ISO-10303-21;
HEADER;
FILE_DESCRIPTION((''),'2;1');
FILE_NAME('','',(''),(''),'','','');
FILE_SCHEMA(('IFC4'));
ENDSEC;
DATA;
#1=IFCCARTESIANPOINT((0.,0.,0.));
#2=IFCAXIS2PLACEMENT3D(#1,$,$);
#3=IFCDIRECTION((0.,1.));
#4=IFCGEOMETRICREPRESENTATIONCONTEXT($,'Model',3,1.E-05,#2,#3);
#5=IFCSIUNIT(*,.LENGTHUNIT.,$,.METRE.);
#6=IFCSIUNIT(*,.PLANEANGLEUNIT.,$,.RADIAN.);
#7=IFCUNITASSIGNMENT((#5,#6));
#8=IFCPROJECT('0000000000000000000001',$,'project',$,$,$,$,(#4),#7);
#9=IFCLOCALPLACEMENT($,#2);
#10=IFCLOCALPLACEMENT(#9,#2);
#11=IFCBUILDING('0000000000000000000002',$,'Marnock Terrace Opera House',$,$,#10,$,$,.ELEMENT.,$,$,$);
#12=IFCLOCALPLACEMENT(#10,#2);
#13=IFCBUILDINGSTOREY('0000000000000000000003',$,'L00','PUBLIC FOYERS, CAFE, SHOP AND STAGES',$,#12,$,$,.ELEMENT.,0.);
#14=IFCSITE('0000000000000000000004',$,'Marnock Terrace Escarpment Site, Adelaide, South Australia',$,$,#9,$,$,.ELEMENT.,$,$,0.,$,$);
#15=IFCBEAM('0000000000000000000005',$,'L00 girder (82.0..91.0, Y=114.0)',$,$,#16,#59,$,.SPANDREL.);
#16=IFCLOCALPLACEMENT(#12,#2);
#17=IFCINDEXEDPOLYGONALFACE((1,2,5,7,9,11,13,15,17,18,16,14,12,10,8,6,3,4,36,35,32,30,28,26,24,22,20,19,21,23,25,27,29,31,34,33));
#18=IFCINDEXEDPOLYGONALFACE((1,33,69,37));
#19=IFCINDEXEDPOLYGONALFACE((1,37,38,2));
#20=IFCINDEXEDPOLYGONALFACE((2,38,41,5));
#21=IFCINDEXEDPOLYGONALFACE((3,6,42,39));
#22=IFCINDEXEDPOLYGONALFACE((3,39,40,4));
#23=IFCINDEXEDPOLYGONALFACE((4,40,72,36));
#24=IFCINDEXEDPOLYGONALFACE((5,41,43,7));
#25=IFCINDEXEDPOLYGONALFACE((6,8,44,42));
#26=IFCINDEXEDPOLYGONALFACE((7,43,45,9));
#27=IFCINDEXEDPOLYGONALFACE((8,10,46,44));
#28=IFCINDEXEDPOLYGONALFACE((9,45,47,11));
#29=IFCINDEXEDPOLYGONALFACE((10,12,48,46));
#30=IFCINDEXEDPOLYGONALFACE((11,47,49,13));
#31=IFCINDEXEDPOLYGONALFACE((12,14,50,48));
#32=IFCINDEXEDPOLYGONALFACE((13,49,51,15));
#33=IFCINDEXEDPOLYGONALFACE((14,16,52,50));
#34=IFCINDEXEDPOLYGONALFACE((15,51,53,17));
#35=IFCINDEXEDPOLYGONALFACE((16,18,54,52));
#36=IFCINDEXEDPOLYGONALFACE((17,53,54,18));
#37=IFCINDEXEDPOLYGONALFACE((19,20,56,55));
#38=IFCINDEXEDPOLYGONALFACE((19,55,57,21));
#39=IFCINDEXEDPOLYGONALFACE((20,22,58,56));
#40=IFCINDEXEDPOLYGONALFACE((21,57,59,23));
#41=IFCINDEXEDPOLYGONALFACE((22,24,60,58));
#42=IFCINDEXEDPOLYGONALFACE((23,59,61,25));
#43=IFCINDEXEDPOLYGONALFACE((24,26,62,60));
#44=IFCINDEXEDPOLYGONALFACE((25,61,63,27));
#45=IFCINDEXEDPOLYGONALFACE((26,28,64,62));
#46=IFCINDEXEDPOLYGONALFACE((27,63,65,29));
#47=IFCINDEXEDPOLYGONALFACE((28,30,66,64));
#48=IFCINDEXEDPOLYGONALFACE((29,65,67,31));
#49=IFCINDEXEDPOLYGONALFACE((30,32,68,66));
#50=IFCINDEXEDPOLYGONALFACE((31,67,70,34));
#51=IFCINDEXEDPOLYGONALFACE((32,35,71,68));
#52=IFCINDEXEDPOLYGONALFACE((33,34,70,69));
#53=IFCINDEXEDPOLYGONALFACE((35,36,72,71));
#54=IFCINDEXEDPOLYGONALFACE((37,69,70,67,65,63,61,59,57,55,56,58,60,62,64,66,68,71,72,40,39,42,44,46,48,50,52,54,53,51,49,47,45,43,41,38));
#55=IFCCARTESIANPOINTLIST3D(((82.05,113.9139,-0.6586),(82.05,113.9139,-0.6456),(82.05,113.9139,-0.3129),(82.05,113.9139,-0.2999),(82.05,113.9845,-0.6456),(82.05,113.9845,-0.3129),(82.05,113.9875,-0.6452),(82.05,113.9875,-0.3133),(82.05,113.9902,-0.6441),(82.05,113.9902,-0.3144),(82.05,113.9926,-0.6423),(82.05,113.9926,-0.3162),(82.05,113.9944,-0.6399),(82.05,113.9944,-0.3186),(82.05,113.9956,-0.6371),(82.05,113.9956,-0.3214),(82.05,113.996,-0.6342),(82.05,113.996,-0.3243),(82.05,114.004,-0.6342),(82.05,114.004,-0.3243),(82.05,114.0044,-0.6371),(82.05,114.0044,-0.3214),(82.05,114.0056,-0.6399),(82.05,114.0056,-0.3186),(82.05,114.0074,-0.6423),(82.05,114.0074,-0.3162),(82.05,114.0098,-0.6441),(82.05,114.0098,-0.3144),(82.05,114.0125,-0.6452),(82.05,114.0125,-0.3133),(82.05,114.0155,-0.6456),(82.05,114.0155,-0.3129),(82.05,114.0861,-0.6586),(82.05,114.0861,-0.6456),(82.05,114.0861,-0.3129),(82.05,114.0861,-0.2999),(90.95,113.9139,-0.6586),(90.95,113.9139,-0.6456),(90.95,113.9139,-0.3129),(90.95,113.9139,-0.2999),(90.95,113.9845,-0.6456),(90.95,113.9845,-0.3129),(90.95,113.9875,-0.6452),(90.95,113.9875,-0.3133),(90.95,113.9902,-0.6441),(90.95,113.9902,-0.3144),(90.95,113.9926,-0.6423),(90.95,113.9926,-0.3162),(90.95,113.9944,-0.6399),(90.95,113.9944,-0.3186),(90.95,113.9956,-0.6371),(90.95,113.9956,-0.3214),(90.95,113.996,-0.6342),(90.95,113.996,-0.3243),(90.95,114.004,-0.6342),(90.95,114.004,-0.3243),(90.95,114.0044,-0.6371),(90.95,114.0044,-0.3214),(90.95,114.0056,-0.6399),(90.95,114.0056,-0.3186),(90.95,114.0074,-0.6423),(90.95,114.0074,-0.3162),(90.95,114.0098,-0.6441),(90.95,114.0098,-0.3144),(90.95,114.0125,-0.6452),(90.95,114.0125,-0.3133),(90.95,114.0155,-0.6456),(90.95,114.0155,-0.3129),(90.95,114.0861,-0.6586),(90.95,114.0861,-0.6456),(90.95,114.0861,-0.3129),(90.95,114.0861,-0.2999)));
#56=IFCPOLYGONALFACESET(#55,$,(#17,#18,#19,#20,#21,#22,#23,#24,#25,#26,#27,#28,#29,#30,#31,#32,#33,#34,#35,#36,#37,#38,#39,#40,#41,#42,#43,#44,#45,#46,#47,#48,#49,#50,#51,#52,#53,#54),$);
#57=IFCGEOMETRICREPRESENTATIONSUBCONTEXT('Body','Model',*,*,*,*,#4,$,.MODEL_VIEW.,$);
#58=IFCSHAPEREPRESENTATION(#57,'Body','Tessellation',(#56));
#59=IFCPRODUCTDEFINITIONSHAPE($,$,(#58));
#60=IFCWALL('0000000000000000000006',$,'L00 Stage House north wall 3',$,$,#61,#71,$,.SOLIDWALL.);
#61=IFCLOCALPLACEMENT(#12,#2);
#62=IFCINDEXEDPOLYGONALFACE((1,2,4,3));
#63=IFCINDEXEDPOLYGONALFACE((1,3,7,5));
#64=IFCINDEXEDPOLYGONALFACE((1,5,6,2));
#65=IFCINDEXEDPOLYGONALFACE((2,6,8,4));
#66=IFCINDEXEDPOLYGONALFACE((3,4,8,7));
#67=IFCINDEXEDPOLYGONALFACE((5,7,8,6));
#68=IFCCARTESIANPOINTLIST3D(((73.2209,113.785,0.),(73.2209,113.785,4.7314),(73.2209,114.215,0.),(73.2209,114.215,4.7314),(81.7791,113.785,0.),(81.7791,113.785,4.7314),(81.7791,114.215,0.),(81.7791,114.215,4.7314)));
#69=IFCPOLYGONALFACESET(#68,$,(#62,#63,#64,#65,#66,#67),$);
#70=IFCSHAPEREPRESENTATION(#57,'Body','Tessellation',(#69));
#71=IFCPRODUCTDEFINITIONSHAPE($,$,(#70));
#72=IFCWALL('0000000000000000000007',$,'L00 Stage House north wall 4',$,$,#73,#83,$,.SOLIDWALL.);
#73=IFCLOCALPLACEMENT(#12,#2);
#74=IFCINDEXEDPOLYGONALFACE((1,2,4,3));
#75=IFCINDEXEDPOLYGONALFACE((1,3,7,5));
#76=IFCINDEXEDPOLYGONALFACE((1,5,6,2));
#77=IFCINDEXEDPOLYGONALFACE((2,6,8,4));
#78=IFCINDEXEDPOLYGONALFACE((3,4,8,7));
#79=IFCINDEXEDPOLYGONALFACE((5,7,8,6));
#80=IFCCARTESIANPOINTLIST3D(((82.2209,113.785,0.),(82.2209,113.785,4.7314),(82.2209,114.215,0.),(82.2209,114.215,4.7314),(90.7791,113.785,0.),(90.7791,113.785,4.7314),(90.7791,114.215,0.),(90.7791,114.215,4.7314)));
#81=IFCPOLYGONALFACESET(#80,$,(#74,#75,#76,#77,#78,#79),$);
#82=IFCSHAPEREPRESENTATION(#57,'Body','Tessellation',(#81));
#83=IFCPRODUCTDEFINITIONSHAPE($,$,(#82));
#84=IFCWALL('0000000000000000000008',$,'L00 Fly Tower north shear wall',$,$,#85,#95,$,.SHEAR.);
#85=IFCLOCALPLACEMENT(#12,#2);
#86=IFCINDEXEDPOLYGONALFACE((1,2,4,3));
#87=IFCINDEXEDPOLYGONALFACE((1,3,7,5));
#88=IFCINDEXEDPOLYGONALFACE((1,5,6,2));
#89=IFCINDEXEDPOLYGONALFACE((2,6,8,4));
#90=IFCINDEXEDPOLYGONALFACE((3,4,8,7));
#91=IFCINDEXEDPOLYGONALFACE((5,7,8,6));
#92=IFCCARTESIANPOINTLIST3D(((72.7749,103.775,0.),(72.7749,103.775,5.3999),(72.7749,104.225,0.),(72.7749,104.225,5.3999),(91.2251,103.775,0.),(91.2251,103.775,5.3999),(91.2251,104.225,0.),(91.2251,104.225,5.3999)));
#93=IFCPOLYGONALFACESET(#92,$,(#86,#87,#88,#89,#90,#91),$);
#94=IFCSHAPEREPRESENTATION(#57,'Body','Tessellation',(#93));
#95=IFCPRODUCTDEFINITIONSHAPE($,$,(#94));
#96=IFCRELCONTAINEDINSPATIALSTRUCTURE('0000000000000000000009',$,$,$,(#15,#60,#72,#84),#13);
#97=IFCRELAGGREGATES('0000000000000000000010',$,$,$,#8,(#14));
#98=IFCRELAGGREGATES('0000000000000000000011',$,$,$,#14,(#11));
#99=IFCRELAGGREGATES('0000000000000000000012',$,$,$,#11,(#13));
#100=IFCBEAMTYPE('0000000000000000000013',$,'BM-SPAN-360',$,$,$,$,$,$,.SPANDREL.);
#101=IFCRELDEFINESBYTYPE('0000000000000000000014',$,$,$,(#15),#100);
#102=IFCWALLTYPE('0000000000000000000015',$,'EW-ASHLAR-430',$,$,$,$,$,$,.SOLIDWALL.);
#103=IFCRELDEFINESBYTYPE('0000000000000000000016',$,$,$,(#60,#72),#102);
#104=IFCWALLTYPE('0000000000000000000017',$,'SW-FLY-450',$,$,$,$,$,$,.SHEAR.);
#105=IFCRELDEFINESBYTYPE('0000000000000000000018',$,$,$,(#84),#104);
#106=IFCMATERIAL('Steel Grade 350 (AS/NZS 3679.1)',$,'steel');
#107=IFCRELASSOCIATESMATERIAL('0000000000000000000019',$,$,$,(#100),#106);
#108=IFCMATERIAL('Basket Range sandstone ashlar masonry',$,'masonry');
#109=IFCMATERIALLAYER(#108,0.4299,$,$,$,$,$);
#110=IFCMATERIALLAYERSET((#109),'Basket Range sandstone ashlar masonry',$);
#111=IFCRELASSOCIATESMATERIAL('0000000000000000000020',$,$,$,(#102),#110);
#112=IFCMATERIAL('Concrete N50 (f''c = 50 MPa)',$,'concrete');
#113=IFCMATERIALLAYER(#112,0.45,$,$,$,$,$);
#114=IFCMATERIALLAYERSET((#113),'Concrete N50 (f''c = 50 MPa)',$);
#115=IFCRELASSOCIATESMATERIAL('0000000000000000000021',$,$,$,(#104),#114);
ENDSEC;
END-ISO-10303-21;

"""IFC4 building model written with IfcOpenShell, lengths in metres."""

from ifc_helpers import new_model, si_unit, direction, frame, frame_2d, origin, origin_2d, place, context, subcontext, project, spatial, rectangle, i_section, extrude, material, layer, layer_set, material_profile, profile_set, type_object, element, save


model = new_model("IFC4")

# Units and contexts
model_context = context("Model", 3, precision=1e-05, world=origin(), true_north=direction((0.0, 1.0)))
body_context = subcontext(model_context, "Body", "Model", "MODEL_VIEW")
ifc_project = project(units=[si_unit("LENGTHUNIT", "METRE"), si_unit("PLANEANGLEUNIT", "RADIAN")], contexts=[model_context])

# Site, building, storey
site_placement = place(None, origin())
site = spatial("IfcSite", under=ifc_project, at=site_placement, Name="Marnock Terrace Escarpment Site, Adelaide, South Australia", CompositionType="ELEMENT", RefElevation=0.0)
building_placement = place(site_placement, origin())
building = spatial("IfcBuilding", under=site, at=building_placement, Name="Marnock Terrace Opera House", CompositionType="ELEMENT")
storey_placement = place(building_placement, origin())
storey = spatial("IfcBuildingStorey", under=building, at=storey_placement, Name="L00", Description="PUBLIC FOYERS, CAFE, SHOP AND STAGES", CompositionType="ELEMENT", Elevation=0.0)

# Shared definitions
ifc_material_1 = material(Name="Concrete N50 (f'c = 50 MPa)", Category="concrete")

# Beam
ifc_material_2 = material(Name="Steel Grade 350 (AS/NZS 3679.1)", Category="steel")
ifc_material_profile_1 = material_profile(ifc_material_2, i_section(OverallWidth=0.1721, OverallDepth=0.3586, WebThickness=0.0081, FlangeThickness=0.0129, FilletRadius=0.0115, at=origin_2d()))
ifc_profile_set_1 = profile_set([ifc_material_profile_1], Name="Steel Grade 350 (AS/NZS 3679.1)")
beam_type_1 = type_object("IfcBeamType", Name="BM-SPAN-360", PredefinedType="SPANDREL", material=ifc_profile_set_1)
for number, where, z_axis, x_axis, name in (
    (1, (82.05, 114.0, -0.4792), (1.0, 0.0, 0.0), (0.0, 1.0, 0.0), "L00 girder (82.0..91.0, Y=114.0)"),
):
    element("IfcBeam", number, at=place(storey_placement, frame(where, z_axis=z_axis, x_axis=x_axis)), inside=storey, type_object=beam_type_1, Name=name, PredefinedType="SPANDREL", context=body_context, shape_type="SweptSolid", body=[
        extrude(i_section(OverallWidth=0.1721, OverallDepth=0.3586, WebThickness=0.0081, FlangeThickness=0.0129, FilletRadius=0.0115, at=origin_2d()), origin(), (0.0, 0.0, 1.0), 8.8999),
    ])

# Walls
ifc_material_3 = material(Name="Basket Range sandstone ashlar masonry", Category="masonry")
ifc_layer_1 = layer(ifc_material_3, 0.4299)
ifc_layer_set_1 = layer_set([ifc_layer_1], Name="Basket Range sandstone ashlar masonry")
wall_type_1 = type_object("IfcWallType", Name="EW-ASHLAR-430", PredefinedType="SOLIDWALL", material=ifc_layer_set_1)
for number, where, z_axis, x_axis, name in (
    (2, (73.2209, 114.0, 0.0), (0.0, 0.0, 1.0), (1.0, 0.0, 0.0), "L00 Stage House north wall 3"),
    (3, (82.2209, 114.0, 0.0), (0.0, 0.0, 1.0), (1.0, 0.0, 0.0), "L00 Stage House north wall 4"),
):
    element("IfcWall", number, at=place(storey_placement, frame(where, z_axis=z_axis, x_axis=x_axis)), inside=storey, type_object=wall_type_1, Name=name, PredefinedType="SOLIDWALL", context=body_context, shape_type="SweptSolid", body=[
        extrude(rectangle(XDim=8.5581, YDim=0.4299, at=frame_2d((4.2791, 0.0))), origin(), (0.0, 0.0, 1.0), 4.7314),
    ])
ifc_layer_2 = layer(ifc_material_1, 0.45)
ifc_layer_set_2 = layer_set([ifc_layer_2], Name="Concrete N50 (f'c = 50 MPa)")
wall_type_2 = type_object("IfcWallType", Name="SW-FLY-450", PredefinedType="SHEAR", material=ifc_layer_set_2)
wall_placement = place(storey_placement, frame((72.7749, 104.0, 0.0), z_axis=(0.0, 0.0, 1.0), x_axis=(1.0, 0.0, 0.0)))
element("IfcWall", 4, at=wall_placement, inside=storey, type_object=wall_type_2, Name="L00 Fly Tower north shear wall", PredefinedType="SHEAR", context=body_context, shape_type="SweptSolid", body=[
    extrude(rectangle(XDim=18.4502, YDim=0.45, at=frame_2d((9.2251, 0.0))), origin(), (0.0, 0.0, 1.0), 5.3999),
])

save(model, "model.ifc")
